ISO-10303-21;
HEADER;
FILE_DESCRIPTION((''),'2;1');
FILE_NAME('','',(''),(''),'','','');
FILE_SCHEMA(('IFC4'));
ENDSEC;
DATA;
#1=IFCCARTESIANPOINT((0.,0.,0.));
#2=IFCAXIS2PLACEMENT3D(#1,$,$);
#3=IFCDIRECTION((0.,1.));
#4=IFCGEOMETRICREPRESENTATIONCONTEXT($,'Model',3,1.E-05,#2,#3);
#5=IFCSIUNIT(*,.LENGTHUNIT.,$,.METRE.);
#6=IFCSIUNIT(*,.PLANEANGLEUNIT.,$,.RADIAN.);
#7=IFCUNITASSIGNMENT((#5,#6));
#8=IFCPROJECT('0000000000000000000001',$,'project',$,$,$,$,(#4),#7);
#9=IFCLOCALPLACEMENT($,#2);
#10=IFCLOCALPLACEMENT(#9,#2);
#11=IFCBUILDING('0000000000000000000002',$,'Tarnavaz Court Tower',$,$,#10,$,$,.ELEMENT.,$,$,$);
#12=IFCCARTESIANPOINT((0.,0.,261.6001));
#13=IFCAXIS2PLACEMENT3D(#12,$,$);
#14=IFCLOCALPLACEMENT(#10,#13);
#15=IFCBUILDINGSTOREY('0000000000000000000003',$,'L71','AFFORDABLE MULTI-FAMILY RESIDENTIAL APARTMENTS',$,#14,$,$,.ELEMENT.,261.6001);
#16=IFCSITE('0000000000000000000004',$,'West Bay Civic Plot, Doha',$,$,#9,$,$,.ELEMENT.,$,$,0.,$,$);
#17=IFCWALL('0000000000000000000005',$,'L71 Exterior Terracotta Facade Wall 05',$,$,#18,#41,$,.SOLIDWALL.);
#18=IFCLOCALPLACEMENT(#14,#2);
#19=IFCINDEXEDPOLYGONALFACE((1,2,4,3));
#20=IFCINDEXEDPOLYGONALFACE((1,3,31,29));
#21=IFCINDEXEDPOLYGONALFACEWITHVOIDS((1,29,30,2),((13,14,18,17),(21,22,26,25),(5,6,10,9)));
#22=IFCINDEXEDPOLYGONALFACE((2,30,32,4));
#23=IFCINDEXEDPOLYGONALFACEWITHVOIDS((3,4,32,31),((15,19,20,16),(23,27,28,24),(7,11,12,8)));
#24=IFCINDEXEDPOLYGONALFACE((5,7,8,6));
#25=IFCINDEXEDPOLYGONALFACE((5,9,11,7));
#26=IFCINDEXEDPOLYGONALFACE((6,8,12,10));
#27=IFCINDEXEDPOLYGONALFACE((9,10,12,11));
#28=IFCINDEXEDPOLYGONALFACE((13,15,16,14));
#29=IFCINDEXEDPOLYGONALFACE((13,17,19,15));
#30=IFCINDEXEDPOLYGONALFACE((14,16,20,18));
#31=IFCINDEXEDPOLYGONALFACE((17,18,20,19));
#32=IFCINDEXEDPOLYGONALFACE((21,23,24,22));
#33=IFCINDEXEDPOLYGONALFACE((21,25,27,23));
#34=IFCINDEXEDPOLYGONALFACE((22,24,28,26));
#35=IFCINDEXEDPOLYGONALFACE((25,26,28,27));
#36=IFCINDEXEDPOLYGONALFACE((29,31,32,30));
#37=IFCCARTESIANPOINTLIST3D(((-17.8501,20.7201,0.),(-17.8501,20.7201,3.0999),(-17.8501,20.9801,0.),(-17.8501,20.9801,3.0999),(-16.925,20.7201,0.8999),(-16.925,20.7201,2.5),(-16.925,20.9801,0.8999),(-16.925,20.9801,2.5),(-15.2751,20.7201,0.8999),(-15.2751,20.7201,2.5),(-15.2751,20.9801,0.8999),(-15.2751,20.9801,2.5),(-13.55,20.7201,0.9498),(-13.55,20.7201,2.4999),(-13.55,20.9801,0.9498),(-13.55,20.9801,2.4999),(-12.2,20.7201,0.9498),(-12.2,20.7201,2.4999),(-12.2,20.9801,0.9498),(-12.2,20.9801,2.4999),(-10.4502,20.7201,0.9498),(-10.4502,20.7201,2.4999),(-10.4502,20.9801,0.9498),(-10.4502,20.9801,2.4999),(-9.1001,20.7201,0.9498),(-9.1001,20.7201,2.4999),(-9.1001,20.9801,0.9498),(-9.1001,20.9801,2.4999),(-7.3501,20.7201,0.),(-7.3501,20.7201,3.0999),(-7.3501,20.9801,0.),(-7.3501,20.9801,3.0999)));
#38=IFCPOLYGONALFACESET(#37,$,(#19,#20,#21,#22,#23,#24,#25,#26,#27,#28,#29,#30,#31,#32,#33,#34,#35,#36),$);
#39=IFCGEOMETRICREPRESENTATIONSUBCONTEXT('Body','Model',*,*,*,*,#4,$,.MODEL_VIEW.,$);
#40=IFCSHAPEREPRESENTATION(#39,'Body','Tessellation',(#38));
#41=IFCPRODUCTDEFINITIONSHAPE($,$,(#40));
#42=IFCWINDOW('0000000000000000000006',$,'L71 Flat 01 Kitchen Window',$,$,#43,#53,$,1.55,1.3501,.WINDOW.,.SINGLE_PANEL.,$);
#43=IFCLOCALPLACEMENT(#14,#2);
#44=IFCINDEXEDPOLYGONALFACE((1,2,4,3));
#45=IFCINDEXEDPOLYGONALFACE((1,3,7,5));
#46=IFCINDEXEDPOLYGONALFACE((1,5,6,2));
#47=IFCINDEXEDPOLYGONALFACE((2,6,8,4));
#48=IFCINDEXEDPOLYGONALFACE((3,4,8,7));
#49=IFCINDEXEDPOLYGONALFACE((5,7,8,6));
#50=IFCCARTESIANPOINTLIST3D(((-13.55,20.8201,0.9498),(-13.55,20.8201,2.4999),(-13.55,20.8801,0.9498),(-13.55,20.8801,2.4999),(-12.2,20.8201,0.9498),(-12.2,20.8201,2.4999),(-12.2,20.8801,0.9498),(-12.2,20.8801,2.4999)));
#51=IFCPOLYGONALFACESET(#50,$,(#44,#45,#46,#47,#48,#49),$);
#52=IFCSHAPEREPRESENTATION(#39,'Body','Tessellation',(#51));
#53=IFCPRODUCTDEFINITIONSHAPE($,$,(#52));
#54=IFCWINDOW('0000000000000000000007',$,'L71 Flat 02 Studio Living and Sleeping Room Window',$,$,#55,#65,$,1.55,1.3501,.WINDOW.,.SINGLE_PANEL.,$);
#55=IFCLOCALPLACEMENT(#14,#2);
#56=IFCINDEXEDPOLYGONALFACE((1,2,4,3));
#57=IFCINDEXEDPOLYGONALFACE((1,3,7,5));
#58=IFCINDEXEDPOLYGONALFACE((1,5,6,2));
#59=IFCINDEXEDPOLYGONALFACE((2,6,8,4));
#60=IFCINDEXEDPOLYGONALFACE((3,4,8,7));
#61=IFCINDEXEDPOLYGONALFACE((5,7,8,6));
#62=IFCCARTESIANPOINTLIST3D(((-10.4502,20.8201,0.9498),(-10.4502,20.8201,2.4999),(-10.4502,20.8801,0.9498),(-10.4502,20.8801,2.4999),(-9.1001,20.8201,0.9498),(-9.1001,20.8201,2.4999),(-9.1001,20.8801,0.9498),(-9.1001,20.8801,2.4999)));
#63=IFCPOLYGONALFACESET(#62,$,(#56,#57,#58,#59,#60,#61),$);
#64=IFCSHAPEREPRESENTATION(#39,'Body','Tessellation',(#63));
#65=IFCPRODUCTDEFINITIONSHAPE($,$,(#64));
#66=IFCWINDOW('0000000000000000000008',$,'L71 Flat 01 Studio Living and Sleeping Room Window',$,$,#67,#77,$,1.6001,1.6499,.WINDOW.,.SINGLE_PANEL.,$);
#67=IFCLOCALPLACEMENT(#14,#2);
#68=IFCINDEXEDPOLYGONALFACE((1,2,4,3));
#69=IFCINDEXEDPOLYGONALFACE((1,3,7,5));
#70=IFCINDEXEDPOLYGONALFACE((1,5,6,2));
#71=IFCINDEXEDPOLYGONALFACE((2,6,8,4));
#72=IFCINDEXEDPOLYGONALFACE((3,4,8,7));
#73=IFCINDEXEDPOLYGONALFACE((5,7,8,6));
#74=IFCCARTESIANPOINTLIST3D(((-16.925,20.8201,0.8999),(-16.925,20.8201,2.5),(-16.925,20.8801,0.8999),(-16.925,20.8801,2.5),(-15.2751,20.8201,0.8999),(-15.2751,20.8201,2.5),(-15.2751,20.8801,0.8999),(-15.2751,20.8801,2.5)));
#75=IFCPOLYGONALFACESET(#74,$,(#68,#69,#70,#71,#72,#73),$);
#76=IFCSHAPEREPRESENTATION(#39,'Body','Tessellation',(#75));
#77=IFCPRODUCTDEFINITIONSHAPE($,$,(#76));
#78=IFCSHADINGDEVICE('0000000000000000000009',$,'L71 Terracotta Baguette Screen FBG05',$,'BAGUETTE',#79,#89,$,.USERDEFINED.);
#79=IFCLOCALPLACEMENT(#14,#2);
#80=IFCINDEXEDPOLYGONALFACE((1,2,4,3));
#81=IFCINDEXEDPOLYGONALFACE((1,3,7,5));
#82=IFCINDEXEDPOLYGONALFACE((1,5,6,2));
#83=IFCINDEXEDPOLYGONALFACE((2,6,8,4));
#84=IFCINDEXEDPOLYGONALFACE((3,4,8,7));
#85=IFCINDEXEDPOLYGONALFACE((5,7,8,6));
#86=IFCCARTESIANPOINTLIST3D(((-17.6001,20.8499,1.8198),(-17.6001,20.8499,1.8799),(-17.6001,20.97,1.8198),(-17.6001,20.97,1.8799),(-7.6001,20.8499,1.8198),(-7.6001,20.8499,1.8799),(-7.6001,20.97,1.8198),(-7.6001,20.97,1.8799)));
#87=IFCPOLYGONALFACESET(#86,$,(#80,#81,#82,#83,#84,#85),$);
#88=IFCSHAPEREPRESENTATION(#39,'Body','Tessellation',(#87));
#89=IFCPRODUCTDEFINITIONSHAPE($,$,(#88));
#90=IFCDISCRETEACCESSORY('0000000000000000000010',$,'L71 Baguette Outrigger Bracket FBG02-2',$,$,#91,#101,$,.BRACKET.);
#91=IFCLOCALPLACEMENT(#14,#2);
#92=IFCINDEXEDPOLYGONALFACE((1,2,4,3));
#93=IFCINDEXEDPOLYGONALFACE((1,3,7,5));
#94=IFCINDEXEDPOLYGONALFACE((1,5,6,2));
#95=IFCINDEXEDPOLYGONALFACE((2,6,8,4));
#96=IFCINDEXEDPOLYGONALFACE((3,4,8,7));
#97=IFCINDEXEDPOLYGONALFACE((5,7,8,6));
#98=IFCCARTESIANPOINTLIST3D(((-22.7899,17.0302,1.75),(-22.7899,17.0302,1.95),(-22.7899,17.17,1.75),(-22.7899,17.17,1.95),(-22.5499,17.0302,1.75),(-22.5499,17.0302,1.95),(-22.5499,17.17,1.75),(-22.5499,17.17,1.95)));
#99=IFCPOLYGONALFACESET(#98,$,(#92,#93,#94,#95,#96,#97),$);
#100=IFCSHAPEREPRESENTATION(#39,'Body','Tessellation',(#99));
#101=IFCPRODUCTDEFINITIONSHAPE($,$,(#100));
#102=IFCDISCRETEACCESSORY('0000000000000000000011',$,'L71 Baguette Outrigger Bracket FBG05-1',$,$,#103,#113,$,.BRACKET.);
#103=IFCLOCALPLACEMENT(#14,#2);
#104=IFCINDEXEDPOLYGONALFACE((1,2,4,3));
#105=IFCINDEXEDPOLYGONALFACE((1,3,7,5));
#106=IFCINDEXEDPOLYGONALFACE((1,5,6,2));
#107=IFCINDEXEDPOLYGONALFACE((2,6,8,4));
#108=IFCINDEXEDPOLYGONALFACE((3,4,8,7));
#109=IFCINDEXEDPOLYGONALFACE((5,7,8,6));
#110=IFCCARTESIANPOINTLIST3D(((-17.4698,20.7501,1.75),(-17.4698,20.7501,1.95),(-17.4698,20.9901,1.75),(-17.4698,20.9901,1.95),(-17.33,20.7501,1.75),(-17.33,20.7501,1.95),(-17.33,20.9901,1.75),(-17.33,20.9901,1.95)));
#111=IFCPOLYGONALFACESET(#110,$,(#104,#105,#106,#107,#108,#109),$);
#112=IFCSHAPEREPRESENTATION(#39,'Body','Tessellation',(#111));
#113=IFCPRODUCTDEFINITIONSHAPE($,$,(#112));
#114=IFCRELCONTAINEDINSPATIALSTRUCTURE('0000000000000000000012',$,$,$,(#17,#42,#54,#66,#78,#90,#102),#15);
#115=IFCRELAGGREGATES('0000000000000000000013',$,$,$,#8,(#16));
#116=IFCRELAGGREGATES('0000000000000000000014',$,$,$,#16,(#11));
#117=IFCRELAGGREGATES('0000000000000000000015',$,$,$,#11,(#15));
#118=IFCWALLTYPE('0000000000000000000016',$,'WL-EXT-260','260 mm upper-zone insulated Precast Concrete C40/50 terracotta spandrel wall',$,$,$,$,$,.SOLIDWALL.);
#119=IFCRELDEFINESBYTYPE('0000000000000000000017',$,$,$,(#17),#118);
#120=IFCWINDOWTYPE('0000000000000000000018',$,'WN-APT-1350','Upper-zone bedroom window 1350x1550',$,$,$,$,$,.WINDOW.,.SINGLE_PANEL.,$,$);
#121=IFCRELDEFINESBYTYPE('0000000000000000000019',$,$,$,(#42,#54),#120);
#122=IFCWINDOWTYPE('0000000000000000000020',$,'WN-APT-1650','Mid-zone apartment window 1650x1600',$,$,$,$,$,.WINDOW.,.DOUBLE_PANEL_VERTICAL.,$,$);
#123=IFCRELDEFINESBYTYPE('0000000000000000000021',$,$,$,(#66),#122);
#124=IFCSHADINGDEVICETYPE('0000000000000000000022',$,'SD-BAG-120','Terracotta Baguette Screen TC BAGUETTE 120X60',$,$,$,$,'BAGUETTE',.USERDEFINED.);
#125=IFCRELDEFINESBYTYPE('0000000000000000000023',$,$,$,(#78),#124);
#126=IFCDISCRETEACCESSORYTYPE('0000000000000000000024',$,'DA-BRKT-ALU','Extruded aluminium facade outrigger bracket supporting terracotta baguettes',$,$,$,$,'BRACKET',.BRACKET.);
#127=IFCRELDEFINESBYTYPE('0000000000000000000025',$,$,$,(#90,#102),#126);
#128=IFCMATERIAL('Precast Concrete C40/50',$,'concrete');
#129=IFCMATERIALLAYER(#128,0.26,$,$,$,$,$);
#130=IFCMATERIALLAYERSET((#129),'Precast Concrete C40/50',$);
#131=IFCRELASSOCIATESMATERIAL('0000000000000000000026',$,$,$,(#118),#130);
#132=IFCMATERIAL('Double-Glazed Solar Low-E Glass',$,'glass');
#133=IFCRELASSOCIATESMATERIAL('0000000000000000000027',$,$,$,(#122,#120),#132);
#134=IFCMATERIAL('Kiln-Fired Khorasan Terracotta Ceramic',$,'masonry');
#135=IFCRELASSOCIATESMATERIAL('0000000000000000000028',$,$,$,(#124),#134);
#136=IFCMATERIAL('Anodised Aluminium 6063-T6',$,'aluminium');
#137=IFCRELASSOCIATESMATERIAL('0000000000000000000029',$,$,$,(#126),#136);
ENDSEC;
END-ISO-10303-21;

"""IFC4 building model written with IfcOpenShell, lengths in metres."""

from ifc_helpers import new_model, si_unit, direction, frame, frame_2d, origin, origin_2d, place, context, subcontext, project, spatial, rectangle, extrude, material, layer, layer_set, material_profile, profile_set, type_object, element, fill, save


model = new_model("IFC4")

# Units and contexts
model_context = context("Model", 3, precision=1e-05, world=origin(), true_north=direction((0.0, 1.0)))
body_context = subcontext(model_context, "Body", "Model", "MODEL_VIEW")
ifc_project = project(units=[si_unit("LENGTHUNIT", "METRE"), si_unit("PLANEANGLEUNIT", "RADIAN")], contexts=[model_context])

# Site, building, storey
site_placement = place(None, origin())
site = spatial("IfcSite", under=ifc_project, at=site_placement, Name="West Bay Civic Plot, Doha", CompositionType="ELEMENT", RefElevation=0.0)
building_placement = place(site_placement, origin())
building = spatial("IfcBuilding", under=site, at=building_placement, Name="Tarnavaz Court Tower", CompositionType="ELEMENT")
storey_placement = place(building_placement, frame((0.0, 0.0, 261.6001)))
storey = spatial("IfcBuildingStorey", under=building, at=storey_placement, Name="L71", Description="AFFORDABLE MULTI-FAMILY RESIDENTIAL APARTMENTS", CompositionType="ELEMENT", Elevation=261.6001)

# Shared definitions
ifc_material_1 = material(Name="Precast Concrete C40/50", Category="concrete")
ifc_layer = layer(ifc_material_1, 0.26)
ifc_layer_set = layer_set([ifc_layer], Name="Precast Concrete C40/50")
wall_type = type_object("IfcWallType", Name="WL-EXT-260", Description="260 mm upper-zone insulated Precast Concrete C40/50 terracotta spandrel wall", PredefinedType="SOLIDWALL", material=ifc_layer_set)
ifc_material_2 = material(Name="Double-Glazed Solar Low-E Glass", Category="glass")
window_type_1 = type_object("IfcWindowType", Name="WN-APT-1650", Description="Mid-zone apartment window 1650x1600", PartitioningType="DOUBLE_PANEL_VERTICAL", PredefinedType="WINDOW", material=ifc_material_2)

# Wall, openings, windows
wall_1_placement = place(storey_placement, frame((-17.8501, 20.8501, 0.0), z_axis=(0.0, 0.0, 1.0), x_axis=(1.0, 0.0, 0.0)))
wall_1 = element("IfcWall", 1, at=wall_1_placement, inside=storey, type_object=wall_type, Name="L71 Exterior Terracotta Facade Wall 05", PredefinedType="SOLIDWALL", context=body_context, shape_type="SweptSolid", body=[
    extrude(rectangle(XDim=10.5, YDim=0.26, at=frame_2d((5.25, 0.0))), origin(), (0.0, 0.0, 1.0), 3.0999),
])
opening_1_placement = place(wall_1_placement, frame((0.925, 0.0, 0.8999)))
opening_1 = element("IfcOpeningElement", 2, at=opening_1_placement, cuts=wall_1, PredefinedType="OPENING", context=body_context, shape_type="SweptSolid", body=[
    extrude(rectangle(XDim=1.6499, YDim=1.6001, at=frame_2d((0.825, 0.8))), frame((0.0, 0.1399, 0.0), z_axis=(0.0, -1.0, 0.0), x_axis=(1.0, 0.0, 0.0)), (0.0, 0.0, 1.0), 0.28),
])
opening_2_placement = place(wall_1_placement, frame((4.3, 0.0, 0.95)))
opening_2 = element("IfcOpeningElement", 3, at=opening_2_placement, cuts=wall_1, PredefinedType="OPENING", context=body_context, shape_type="SweptSolid", body=[
    extrude(rectangle(XDim=1.3501, YDim=1.55, at=frame_2d((0.675, 0.7749))), frame((0.0, 0.1399, 0.0), z_axis=(0.0, -1.0, 0.0), x_axis=(1.0, 0.0, 0.0)), (0.0, 0.0, 1.0), 0.28),
])
opening_3_placement = place(wall_1_placement, frame((7.3999, 0.0, 0.95)))
opening_3 = element("IfcOpeningElement", 4, at=opening_3_placement, cuts=wall_1, PredefinedType="OPENING", context=body_context, shape_type="SweptSolid", body=[
    extrude(rectangle(XDim=1.3501, YDim=1.55, at=frame_2d((0.675, 0.7749))), frame((0.0, 0.1399, 0.0), z_axis=(0.0, -1.0, 0.0), x_axis=(1.0, 0.0, 0.0)), (0.0, 0.0, 1.0), 0.28),
])
window_type_2 = type_object("IfcWindowType", Name="WN-APT-1350", Description="Upper-zone bedroom window 1350x1550", PartitioningType="SINGLE_PANEL", PredefinedType="WINDOW", material=ifc_material_2)
window_1_placement = place(opening_2_placement, origin())
window_1 = element("IfcWindow", 5, at=window_1_placement, inside=storey, type_object=window_type_2, Name="L71 Flat 01 Kitchen Window", OverallHeight=1.55, OverallWidth=1.3501, PartitioningType="SINGLE_PANEL", PredefinedType="WINDOW", context=body_context, shape_type="SweptSolid", body=[
    extrude(rectangle(XDim=1.3501, YDim=1.55, at=frame_2d((0.675, 0.7749))), frame((0.0, 0.03, 0.0), z_axis=(0.0, -1.0, 0.0), x_axis=(1.0, 0.0, 0.0)), (0.0, 0.0, 1.0), 0.0601),
])
fill(opening_2, window_1)
window_2_placement = place(opening_3_placement, origin())
window_2 = element("IfcWindow", 6, at=window_2_placement, inside=storey, type_object=window_type_2, Name="L71 Flat 02 Studio Living and Sleeping Room Window", OverallHeight=1.55, OverallWidth=1.3501, PartitioningType="SINGLE_PANEL", PredefinedType="WINDOW", context=body_context, shape_type="SweptSolid", body=[
    extrude(rectangle(XDim=1.3501, YDim=1.55, at=frame_2d((0.675, 0.7749))), frame((0.0, 0.03, 0.0), z_axis=(0.0, -1.0, 0.0), x_axis=(1.0, 0.0, 0.0)), (0.0, 0.0, 1.0), 0.0601),
])
fill(opening_3, window_2)
window_3_placement = place(opening_1_placement, origin())
window_3 = element("IfcWindow", 7, at=window_3_placement, inside=storey, type_object=window_type_1, Name="L71 Flat 01 Studio Living and Sleeping Room Window", OverallHeight=1.6001, OverallWidth=1.6499, PartitioningType="SINGLE_PANEL", PredefinedType="WINDOW", context=body_context, shape_type="SweptSolid", body=[
    extrude(rectangle(XDim=1.6499, YDim=1.6001, at=frame_2d((0.825, 0.8))), frame((0.0, 0.03, 0.0), z_axis=(0.0, -1.0, 0.0), x_axis=(1.0, 0.0, 0.0)), (0.0, 0.0, 1.0), 0.0601),
])
fill(opening_1, window_3)

# Shading device
ifc_material_3 = material(Name="Kiln-Fired Khorasan Terracotta Ceramic", Category="masonry")
ifc_material_profile_1 = material_profile(ifc_material_3, rectangle(XDim=0.1201, YDim=0.0601, at=origin_2d()), Name="TC BAGUETTE 120X60")
ifc_profile_set_1 = profile_set([ifc_material_profile_1], Name="Kiln-Fired Khorasan Terracotta Ceramic")
shading_device_type = type_object("IfcShadingDeviceType", Name="SD-BAG-120", Description="Terracotta Baguette Screen TC BAGUETTE 120X60", ElementType="BAGUETTE", PredefinedType="USERDEFINED", material=ifc_profile_set_1)
shading_device_placement = place(storey_placement, frame((-17.6001, 20.9099, 1.8499), z_axis=(1.0, 0.0, 0.0), x_axis=(0.0, 1.0, 0.0)))
element("IfcShadingDevice", 8, at=shading_device_placement, inside=storey, type_object=shading_device_type, Name="L71 Terracotta Baguette Screen FBG05", ObjectType="BAGUETTE", PredefinedType="USERDEFINED", context=body_context, shape_type="SweptSolid", body=[
    extrude(rectangle(XDim=0.1201, YDim=0.0601, at=origin_2d()), origin(), (0.0, 0.0, 1.0), 10.0),
])

# Discrete accessories
ifc_material_4 = material(Name="Anodised Aluminium 6063-T6", Category="aluminium")
discrete_accessory_type = type_object("IfcDiscreteAccessoryType", Name="DA-BRKT-ALU", Description="Extruded aluminium facade outrigger bracket supporting terracotta baguettes", ElementType="BRACKET", PredefinedType="BRACKET", material=ifc_material_4)
for number, where, z_axis, x_axis, name in (
    (9, (-22.6699, 17.1001, 1.75), (0.0, 0.0, 1.0), (0.0, 1.0, 0.0), "L71 Baguette Outrigger Bracket FBG02-2"),
    (10, (-17.3999, 20.8701, 1.75), (0.0, 0.0, 1.0), (1.0, 0.0, 0.0), "L71 Baguette Outrigger Bracket FBG05-1"),
):
    element("IfcDiscreteAccessory", number, at=place(storey_placement, frame(where, z_axis=z_axis, x_axis=x_axis)), inside=storey, type_object=discrete_accessory_type, Name=name, PredefinedType="BRACKET", context=body_context, shape_type="SweptSolid", body=[
        extrude(rectangle(XDim=0.1399, YDim=0.24, at=origin_2d()), origin(), (0.0, 0.0, 1.0), 0.2),
    ])

save(model, "model.ifc")
